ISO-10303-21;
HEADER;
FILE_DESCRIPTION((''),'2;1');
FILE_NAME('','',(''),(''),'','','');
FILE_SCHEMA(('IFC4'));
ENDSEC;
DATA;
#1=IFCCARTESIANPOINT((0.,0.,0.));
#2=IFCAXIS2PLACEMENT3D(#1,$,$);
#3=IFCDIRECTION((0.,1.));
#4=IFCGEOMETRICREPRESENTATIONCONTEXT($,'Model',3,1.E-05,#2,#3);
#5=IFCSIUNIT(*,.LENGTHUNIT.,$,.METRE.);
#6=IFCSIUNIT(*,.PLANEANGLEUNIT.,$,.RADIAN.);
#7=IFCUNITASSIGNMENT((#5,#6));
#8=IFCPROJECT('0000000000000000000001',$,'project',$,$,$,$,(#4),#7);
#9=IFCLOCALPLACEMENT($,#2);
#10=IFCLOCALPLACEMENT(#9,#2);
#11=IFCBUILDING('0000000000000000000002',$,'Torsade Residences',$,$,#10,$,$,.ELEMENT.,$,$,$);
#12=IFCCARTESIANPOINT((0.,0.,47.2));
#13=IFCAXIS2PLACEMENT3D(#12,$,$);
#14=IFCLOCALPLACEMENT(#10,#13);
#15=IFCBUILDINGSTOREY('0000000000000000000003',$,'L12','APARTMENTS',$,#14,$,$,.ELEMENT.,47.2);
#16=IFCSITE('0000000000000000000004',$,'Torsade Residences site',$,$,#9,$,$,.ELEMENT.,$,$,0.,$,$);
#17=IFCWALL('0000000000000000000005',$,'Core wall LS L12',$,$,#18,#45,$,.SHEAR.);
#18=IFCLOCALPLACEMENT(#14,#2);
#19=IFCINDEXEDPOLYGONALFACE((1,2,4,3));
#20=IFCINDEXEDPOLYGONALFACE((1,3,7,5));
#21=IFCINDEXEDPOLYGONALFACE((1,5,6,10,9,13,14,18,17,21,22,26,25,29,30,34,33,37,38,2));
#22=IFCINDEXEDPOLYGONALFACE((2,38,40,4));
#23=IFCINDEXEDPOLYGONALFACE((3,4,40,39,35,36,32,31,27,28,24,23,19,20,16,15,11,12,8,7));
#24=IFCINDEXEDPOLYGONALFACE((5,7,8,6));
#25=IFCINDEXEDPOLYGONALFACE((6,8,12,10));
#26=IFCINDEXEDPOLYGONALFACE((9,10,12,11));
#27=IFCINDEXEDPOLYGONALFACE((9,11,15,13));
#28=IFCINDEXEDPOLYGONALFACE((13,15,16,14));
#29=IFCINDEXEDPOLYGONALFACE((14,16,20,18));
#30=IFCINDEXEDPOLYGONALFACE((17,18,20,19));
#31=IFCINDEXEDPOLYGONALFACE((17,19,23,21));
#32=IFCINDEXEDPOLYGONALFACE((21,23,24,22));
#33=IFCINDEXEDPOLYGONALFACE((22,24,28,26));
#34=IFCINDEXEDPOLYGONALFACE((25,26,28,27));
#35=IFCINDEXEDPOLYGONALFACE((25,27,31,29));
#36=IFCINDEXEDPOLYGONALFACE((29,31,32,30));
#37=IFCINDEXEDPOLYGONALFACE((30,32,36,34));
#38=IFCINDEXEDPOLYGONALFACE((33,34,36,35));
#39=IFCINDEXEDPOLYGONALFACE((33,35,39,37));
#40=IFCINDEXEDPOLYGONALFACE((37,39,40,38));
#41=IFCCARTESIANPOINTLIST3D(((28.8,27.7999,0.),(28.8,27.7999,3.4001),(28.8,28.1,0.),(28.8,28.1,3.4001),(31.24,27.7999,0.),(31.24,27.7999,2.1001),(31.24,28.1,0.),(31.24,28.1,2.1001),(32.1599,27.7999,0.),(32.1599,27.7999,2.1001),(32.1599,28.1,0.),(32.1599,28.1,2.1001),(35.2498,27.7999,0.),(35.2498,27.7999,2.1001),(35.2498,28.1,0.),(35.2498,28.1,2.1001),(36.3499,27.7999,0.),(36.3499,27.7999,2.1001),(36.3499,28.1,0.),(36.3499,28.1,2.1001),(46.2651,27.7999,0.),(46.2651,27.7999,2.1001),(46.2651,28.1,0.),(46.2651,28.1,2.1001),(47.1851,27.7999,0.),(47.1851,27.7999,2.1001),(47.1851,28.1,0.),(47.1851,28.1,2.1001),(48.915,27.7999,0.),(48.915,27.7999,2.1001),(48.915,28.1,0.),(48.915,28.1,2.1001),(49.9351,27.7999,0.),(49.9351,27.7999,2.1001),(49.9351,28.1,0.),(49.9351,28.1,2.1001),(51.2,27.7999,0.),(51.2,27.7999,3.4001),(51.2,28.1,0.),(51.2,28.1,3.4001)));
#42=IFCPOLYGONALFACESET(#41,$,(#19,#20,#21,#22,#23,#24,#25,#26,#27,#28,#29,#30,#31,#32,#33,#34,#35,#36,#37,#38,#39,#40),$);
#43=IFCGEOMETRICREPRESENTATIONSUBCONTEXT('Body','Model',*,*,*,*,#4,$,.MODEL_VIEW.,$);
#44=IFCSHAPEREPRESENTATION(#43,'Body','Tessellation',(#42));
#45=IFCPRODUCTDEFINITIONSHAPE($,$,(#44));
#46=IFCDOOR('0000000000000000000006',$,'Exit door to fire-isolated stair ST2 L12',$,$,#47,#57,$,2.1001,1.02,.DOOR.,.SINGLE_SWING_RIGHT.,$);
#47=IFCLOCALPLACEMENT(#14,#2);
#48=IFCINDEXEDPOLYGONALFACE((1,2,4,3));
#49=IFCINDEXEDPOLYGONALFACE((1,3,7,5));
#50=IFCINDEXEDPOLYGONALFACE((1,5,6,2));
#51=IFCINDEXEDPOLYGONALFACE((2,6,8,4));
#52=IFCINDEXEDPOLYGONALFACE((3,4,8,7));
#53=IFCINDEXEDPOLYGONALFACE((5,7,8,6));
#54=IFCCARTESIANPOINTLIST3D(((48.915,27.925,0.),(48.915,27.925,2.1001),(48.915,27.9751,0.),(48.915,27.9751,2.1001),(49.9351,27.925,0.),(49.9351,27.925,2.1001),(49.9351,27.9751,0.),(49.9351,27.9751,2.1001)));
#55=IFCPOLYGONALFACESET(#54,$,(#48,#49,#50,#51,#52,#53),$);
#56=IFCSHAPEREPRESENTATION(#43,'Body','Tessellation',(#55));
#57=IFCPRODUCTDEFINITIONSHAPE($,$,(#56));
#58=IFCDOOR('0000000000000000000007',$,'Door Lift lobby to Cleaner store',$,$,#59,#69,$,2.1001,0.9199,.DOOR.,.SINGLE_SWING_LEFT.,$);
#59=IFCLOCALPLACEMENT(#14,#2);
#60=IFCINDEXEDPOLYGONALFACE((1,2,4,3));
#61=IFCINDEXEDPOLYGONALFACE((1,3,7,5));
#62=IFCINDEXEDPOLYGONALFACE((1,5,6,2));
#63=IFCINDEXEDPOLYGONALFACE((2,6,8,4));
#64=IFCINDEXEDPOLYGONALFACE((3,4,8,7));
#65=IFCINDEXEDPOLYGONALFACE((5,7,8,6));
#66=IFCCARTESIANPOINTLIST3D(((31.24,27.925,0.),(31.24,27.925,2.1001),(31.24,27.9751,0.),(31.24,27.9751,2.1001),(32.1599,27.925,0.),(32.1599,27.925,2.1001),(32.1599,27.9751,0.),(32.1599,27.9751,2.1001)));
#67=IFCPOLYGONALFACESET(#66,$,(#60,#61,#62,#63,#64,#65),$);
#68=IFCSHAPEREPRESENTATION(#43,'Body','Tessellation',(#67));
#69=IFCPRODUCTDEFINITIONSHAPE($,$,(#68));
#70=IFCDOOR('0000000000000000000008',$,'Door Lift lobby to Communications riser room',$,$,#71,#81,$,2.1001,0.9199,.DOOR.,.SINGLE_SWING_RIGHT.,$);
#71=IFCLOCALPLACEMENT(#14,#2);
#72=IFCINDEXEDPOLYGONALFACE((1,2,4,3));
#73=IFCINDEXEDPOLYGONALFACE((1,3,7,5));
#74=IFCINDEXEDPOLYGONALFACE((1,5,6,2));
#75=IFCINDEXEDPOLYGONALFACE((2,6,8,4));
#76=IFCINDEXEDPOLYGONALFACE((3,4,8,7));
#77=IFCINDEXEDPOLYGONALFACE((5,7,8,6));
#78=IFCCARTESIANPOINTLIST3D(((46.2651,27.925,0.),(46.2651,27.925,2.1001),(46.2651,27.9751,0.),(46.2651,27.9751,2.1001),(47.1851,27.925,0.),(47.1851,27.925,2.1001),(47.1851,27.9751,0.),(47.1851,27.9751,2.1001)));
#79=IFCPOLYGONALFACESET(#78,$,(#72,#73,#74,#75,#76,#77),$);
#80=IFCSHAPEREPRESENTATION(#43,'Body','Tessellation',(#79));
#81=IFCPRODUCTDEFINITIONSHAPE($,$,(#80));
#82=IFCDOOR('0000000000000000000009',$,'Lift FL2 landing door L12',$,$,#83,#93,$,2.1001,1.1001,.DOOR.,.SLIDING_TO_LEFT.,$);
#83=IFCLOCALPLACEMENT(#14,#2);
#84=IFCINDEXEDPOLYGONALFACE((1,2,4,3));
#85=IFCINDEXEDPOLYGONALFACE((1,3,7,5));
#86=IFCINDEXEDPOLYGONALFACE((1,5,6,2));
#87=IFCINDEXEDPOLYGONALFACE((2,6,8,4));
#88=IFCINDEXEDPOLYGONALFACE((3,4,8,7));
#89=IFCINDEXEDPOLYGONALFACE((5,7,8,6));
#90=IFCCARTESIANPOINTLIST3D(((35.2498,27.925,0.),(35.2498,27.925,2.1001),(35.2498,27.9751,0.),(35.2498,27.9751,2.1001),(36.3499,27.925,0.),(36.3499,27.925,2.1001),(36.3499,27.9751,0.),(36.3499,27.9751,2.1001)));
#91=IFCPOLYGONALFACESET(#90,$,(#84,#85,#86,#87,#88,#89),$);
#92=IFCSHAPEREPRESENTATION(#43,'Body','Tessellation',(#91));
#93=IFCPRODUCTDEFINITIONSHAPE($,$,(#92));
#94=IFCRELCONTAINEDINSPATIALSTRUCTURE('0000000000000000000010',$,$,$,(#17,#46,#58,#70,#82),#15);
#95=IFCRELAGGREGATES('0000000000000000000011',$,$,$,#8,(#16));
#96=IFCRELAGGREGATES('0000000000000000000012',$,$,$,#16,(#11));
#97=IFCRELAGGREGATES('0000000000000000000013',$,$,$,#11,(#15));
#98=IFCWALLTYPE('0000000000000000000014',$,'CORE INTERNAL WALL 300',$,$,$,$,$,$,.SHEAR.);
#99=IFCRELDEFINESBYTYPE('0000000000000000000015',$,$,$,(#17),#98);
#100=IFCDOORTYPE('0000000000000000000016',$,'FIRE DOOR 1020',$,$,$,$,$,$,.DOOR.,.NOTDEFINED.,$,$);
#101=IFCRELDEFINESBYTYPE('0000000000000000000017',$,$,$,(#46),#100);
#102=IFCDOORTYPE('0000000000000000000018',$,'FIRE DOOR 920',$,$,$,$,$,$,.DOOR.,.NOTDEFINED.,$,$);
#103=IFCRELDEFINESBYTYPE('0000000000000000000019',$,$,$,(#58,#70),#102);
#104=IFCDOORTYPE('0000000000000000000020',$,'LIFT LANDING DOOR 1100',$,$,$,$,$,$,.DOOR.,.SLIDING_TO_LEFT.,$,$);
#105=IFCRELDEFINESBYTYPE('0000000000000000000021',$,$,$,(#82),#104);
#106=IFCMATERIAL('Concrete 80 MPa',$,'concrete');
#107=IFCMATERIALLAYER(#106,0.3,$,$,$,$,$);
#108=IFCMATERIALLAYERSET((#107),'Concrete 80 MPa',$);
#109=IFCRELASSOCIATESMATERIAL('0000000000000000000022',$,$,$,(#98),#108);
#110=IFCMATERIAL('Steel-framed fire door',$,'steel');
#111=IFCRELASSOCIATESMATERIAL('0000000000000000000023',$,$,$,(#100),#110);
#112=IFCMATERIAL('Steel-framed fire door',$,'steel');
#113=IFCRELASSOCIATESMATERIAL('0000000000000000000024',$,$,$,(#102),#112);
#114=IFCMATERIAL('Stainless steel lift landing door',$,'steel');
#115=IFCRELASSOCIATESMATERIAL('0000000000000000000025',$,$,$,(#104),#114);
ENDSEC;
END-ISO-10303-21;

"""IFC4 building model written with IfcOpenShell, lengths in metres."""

from ifc_helpers import new_model, si_unit, direction, frame, frame_2d, origin, place, context, subcontext, project, spatial, rectangle, extrude, material, layer, layer_set, type_object, element, fill, save


model = new_model("IFC4")

# Units and contexts
model_context = context("Model", 3, precision=1e-05, world=origin(), true_north=direction((0.0, 1.0)))
body_context = subcontext(model_context, "Body", "Model", "MODEL_VIEW")
ifc_project = project(units=[si_unit("LENGTHUNIT", "METRE"), si_unit("PLANEANGLEUNIT", "RADIAN")], contexts=[model_context])

# Site, building, storey
site_placement = place(None, origin())
site = spatial("IfcSite", under=ifc_project, at=site_placement, Name="Torsade Residences site", CompositionType="ELEMENT", RefElevation=0.0)
building_placement = place(site_placement, origin())
building = spatial("IfcBuilding", under=site, at=building_placement, Name="Torsade Residences", CompositionType="ELEMENT")
storey_placement = place(building_placement, frame((0.0, 0.0, 47.2)))
storey = spatial("IfcBuildingStorey", under=building, at=storey_placement, Name="L12", Description="APARTMENTS", CompositionType="ELEMENT", Elevation=47.2)

# Wall, openings, doors
ifc_material_1 = material(Name="Concrete 80 MPa", Category="concrete")
ifc_layer_1 = layer(ifc_material_1, 0.3)
ifc_layer_set_1 = layer_set([ifc_layer_1], Name="Concrete 80 MPa")
wall_type_1 = type_object("IfcWallType", Name="CORE INTERNAL WALL 300", PredefinedType="SHEAR", material=ifc_layer_set_1)
wall_1_placement = place(storey_placement, frame((51.2, 27.95, 0.0), z_axis=(0.0, 0.0, 1.0), x_axis=(-1.0, 0.0, 0.0)))
wall_1 = element("IfcWall", 1, at=wall_1_placement, inside=storey, type_object=wall_type_1, Name="Core wall LS L12", PredefinedType="SHEAR", context=body_context, shape_type="SweptSolid", body=[
    extrude(rectangle(XDim=22.3999, YDim=0.3, at=frame_2d((11.2, 0.0))), origin(), (0.0, 0.0, 1.0), 3.4001),
])
opening_1_placement = place(wall_1_placement, frame((19.04, 0.0, 0.0)))
opening_1 = element("IfcOpeningElement", 2, at=opening_1_placement, cuts=wall_1, PredefinedType="OPENING", context=body_context, shape_type="SweptSolid", body=[
    extrude(rectangle(XDim=0.9199, YDim=2.1001, at=frame_2d((0.46, 1.05))), frame((0.0, 0.1599, 0.0), z_axis=(0.0, -1.0, 0.0), x_axis=(1.0, 0.0, 0.0)), (0.0, 0.0, 1.0), 0.3201),
])
opening_2_placement = place(wall_1_placement, frame((1.2649, 0.0, 0.0)))
opening_2 = element("IfcOpeningElement", 3, at=opening_2_placement, cuts=wall_1, PredefinedType="OPENING", context=body_context, shape_type="SweptSolid", body=[
    extrude(rectangle(XDim=1.02, YDim=2.1001, at=frame_2d((0.51, 1.05))), frame((0.0, 0.1599, 0.0), z_axis=(0.0, -1.0, 0.0), x_axis=(1.0, 0.0, 0.0)), (0.0, 0.0, 1.0), 0.3201),
])
opening_3_placement = place(wall_1_placement, frame((4.0149, 0.0, 0.0)))
opening_3 = element("IfcOpeningElement", 4, at=opening_3_placement, cuts=wall_1, PredefinedType="OPENING", context=body_context, shape_type="SweptSolid", body=[
    extrude(rectangle(XDim=0.9199, YDim=2.1001, at=frame_2d((0.46, 1.05))), frame((0.0, 0.1599, 0.0), z_axis=(0.0, -1.0, 0.0), x_axis=(1.0, 0.0, 0.0)), (0.0, 0.0, 1.0), 0.3201),
])
opening_4_placement = place(wall_1_placement, frame((14.8501, 0.0, 0.0)))
opening_4 = element("IfcOpeningElement", 5, at=opening_4_placement, cuts=wall_1, PredefinedType="OPENING", context=body_context, shape_type="SweptSolid", body=[
    extrude(rectangle(XDim=1.1001, YDim=2.1001, at=frame_2d((0.55, 1.05))), frame((0.0, 0.1599, 0.0), z_axis=(0.0, -1.0, 0.0), x_axis=(1.0, 0.0, 0.0)), (0.0, 0.0, 1.0), 0.3201),
])
ifc_material_2 = material(Name="Steel-framed fire door", Category="steel")
door_type_1 = type_object("IfcDoorType", Name="FIRE DOOR 1020", OperationType="NOTDEFINED", PredefinedType="DOOR", material=ifc_material_2)
door_1_placement = place(opening_2_placement, origin())
door_1 = element("IfcDoor", 6, at=door_1_placement, inside=storey, type_object=door_type_1, Name="Exit door to fire-isolated stair ST2 L12", OperationType="SINGLE_SWING_RIGHT", OverallHeight=2.1001, OverallWidth=1.02, PredefinedType="DOOR", context=body_context, shape_type="SweptSolid", body=[
    extrude(rectangle(XDim=1.02, YDim=2.1001, at=frame_2d((0.51, 1.05))), frame((0.0, 0.0249, 0.0), z_axis=(0.0, -1.0, 0.0), x_axis=(1.0, 0.0, 0.0)), (0.0, 0.0, 1.0), 0.05),
])
fill(opening_2, door_1)
ifc_material_3 = material(Name="Steel-framed fire door", Category="steel")
door_type_2 = type_object("IfcDoorType", Name="FIRE DOOR 920", OperationType="NOTDEFINED", PredefinedType="DOOR", material=ifc_material_3)
door_2_placement = place(opening_1_placement, origin())
door_2 = element("IfcDoor", 7, at=door_2_placement, inside=storey, type_object=door_type_2, Name="Door Lift lobby to Cleaner store", OperationType="SINGLE_SWING_LEFT", OverallHeight=2.1001, OverallWidth=0.9199, PredefinedType="DOOR", context=body_context, shape_type="SweptSolid", body=[
    extrude(rectangle(XDim=0.9199, YDim=2.1001, at=frame_2d((0.46, 1.05))), frame((0.0, 0.0249, 0.0), z_axis=(0.0, -1.0, 0.0), x_axis=(1.0, 0.0, 0.0)), (0.0, 0.0, 1.0), 0.05),
])
fill(opening_1, door_2)
door_3_placement = place(opening_3_placement, origin())
door_3 = element("IfcDoor", 8, at=door_3_placement, inside=storey, type_object=door_type_2, Name="Door Lift lobby to Communications riser room", OperationType="SINGLE_SWING_RIGHT", OverallHeight=2.1001, OverallWidth=0.9199, PredefinedType="DOOR", context=body_context, shape_type="SweptSolid", body=[
    extrude(rectangle(XDim=0.9199, YDim=2.1001, at=frame_2d((0.46, 1.05))), frame((0.0, 0.0249, 0.0), z_axis=(0.0, -1.0, 0.0), x_axis=(1.0, 0.0, 0.0)), (0.0, 0.0, 1.0), 0.05),
])
fill(opening_3, door_3)
ifc_material_4 = material(Name="Stainless steel lift landing door", Category="steel")
door_type_3 = type_object("IfcDoorType", Name="LIFT LANDING DOOR 1100", OperationType="SLIDING_TO_LEFT", PredefinedType="DOOR", material=ifc_material_4)
door_4_placement = place(opening_4_placement, origin())
door_4 = element("IfcDoor", 9, at=door_4_placement, inside=storey, type_object=door_type_3, Name="Lift FL2 landing door L12", OperationType="SLIDING_TO_LEFT", OverallHeight=2.1001, OverallWidth=1.1001, PredefinedType="DOOR", context=body_context, shape_type="SweptSolid", body=[
    extrude(rectangle(XDim=1.1001, YDim=2.1001, at=frame_2d((0.55, 1.05))), frame((0.0, 0.0249, 0.0), z_axis=(0.0, -1.0, 0.0), x_axis=(1.0, 0.0, 0.0)), (0.0, 0.0, 1.0), 0.05),
])
fill(opening_4, door_4)

save(model, "model.ifc")
